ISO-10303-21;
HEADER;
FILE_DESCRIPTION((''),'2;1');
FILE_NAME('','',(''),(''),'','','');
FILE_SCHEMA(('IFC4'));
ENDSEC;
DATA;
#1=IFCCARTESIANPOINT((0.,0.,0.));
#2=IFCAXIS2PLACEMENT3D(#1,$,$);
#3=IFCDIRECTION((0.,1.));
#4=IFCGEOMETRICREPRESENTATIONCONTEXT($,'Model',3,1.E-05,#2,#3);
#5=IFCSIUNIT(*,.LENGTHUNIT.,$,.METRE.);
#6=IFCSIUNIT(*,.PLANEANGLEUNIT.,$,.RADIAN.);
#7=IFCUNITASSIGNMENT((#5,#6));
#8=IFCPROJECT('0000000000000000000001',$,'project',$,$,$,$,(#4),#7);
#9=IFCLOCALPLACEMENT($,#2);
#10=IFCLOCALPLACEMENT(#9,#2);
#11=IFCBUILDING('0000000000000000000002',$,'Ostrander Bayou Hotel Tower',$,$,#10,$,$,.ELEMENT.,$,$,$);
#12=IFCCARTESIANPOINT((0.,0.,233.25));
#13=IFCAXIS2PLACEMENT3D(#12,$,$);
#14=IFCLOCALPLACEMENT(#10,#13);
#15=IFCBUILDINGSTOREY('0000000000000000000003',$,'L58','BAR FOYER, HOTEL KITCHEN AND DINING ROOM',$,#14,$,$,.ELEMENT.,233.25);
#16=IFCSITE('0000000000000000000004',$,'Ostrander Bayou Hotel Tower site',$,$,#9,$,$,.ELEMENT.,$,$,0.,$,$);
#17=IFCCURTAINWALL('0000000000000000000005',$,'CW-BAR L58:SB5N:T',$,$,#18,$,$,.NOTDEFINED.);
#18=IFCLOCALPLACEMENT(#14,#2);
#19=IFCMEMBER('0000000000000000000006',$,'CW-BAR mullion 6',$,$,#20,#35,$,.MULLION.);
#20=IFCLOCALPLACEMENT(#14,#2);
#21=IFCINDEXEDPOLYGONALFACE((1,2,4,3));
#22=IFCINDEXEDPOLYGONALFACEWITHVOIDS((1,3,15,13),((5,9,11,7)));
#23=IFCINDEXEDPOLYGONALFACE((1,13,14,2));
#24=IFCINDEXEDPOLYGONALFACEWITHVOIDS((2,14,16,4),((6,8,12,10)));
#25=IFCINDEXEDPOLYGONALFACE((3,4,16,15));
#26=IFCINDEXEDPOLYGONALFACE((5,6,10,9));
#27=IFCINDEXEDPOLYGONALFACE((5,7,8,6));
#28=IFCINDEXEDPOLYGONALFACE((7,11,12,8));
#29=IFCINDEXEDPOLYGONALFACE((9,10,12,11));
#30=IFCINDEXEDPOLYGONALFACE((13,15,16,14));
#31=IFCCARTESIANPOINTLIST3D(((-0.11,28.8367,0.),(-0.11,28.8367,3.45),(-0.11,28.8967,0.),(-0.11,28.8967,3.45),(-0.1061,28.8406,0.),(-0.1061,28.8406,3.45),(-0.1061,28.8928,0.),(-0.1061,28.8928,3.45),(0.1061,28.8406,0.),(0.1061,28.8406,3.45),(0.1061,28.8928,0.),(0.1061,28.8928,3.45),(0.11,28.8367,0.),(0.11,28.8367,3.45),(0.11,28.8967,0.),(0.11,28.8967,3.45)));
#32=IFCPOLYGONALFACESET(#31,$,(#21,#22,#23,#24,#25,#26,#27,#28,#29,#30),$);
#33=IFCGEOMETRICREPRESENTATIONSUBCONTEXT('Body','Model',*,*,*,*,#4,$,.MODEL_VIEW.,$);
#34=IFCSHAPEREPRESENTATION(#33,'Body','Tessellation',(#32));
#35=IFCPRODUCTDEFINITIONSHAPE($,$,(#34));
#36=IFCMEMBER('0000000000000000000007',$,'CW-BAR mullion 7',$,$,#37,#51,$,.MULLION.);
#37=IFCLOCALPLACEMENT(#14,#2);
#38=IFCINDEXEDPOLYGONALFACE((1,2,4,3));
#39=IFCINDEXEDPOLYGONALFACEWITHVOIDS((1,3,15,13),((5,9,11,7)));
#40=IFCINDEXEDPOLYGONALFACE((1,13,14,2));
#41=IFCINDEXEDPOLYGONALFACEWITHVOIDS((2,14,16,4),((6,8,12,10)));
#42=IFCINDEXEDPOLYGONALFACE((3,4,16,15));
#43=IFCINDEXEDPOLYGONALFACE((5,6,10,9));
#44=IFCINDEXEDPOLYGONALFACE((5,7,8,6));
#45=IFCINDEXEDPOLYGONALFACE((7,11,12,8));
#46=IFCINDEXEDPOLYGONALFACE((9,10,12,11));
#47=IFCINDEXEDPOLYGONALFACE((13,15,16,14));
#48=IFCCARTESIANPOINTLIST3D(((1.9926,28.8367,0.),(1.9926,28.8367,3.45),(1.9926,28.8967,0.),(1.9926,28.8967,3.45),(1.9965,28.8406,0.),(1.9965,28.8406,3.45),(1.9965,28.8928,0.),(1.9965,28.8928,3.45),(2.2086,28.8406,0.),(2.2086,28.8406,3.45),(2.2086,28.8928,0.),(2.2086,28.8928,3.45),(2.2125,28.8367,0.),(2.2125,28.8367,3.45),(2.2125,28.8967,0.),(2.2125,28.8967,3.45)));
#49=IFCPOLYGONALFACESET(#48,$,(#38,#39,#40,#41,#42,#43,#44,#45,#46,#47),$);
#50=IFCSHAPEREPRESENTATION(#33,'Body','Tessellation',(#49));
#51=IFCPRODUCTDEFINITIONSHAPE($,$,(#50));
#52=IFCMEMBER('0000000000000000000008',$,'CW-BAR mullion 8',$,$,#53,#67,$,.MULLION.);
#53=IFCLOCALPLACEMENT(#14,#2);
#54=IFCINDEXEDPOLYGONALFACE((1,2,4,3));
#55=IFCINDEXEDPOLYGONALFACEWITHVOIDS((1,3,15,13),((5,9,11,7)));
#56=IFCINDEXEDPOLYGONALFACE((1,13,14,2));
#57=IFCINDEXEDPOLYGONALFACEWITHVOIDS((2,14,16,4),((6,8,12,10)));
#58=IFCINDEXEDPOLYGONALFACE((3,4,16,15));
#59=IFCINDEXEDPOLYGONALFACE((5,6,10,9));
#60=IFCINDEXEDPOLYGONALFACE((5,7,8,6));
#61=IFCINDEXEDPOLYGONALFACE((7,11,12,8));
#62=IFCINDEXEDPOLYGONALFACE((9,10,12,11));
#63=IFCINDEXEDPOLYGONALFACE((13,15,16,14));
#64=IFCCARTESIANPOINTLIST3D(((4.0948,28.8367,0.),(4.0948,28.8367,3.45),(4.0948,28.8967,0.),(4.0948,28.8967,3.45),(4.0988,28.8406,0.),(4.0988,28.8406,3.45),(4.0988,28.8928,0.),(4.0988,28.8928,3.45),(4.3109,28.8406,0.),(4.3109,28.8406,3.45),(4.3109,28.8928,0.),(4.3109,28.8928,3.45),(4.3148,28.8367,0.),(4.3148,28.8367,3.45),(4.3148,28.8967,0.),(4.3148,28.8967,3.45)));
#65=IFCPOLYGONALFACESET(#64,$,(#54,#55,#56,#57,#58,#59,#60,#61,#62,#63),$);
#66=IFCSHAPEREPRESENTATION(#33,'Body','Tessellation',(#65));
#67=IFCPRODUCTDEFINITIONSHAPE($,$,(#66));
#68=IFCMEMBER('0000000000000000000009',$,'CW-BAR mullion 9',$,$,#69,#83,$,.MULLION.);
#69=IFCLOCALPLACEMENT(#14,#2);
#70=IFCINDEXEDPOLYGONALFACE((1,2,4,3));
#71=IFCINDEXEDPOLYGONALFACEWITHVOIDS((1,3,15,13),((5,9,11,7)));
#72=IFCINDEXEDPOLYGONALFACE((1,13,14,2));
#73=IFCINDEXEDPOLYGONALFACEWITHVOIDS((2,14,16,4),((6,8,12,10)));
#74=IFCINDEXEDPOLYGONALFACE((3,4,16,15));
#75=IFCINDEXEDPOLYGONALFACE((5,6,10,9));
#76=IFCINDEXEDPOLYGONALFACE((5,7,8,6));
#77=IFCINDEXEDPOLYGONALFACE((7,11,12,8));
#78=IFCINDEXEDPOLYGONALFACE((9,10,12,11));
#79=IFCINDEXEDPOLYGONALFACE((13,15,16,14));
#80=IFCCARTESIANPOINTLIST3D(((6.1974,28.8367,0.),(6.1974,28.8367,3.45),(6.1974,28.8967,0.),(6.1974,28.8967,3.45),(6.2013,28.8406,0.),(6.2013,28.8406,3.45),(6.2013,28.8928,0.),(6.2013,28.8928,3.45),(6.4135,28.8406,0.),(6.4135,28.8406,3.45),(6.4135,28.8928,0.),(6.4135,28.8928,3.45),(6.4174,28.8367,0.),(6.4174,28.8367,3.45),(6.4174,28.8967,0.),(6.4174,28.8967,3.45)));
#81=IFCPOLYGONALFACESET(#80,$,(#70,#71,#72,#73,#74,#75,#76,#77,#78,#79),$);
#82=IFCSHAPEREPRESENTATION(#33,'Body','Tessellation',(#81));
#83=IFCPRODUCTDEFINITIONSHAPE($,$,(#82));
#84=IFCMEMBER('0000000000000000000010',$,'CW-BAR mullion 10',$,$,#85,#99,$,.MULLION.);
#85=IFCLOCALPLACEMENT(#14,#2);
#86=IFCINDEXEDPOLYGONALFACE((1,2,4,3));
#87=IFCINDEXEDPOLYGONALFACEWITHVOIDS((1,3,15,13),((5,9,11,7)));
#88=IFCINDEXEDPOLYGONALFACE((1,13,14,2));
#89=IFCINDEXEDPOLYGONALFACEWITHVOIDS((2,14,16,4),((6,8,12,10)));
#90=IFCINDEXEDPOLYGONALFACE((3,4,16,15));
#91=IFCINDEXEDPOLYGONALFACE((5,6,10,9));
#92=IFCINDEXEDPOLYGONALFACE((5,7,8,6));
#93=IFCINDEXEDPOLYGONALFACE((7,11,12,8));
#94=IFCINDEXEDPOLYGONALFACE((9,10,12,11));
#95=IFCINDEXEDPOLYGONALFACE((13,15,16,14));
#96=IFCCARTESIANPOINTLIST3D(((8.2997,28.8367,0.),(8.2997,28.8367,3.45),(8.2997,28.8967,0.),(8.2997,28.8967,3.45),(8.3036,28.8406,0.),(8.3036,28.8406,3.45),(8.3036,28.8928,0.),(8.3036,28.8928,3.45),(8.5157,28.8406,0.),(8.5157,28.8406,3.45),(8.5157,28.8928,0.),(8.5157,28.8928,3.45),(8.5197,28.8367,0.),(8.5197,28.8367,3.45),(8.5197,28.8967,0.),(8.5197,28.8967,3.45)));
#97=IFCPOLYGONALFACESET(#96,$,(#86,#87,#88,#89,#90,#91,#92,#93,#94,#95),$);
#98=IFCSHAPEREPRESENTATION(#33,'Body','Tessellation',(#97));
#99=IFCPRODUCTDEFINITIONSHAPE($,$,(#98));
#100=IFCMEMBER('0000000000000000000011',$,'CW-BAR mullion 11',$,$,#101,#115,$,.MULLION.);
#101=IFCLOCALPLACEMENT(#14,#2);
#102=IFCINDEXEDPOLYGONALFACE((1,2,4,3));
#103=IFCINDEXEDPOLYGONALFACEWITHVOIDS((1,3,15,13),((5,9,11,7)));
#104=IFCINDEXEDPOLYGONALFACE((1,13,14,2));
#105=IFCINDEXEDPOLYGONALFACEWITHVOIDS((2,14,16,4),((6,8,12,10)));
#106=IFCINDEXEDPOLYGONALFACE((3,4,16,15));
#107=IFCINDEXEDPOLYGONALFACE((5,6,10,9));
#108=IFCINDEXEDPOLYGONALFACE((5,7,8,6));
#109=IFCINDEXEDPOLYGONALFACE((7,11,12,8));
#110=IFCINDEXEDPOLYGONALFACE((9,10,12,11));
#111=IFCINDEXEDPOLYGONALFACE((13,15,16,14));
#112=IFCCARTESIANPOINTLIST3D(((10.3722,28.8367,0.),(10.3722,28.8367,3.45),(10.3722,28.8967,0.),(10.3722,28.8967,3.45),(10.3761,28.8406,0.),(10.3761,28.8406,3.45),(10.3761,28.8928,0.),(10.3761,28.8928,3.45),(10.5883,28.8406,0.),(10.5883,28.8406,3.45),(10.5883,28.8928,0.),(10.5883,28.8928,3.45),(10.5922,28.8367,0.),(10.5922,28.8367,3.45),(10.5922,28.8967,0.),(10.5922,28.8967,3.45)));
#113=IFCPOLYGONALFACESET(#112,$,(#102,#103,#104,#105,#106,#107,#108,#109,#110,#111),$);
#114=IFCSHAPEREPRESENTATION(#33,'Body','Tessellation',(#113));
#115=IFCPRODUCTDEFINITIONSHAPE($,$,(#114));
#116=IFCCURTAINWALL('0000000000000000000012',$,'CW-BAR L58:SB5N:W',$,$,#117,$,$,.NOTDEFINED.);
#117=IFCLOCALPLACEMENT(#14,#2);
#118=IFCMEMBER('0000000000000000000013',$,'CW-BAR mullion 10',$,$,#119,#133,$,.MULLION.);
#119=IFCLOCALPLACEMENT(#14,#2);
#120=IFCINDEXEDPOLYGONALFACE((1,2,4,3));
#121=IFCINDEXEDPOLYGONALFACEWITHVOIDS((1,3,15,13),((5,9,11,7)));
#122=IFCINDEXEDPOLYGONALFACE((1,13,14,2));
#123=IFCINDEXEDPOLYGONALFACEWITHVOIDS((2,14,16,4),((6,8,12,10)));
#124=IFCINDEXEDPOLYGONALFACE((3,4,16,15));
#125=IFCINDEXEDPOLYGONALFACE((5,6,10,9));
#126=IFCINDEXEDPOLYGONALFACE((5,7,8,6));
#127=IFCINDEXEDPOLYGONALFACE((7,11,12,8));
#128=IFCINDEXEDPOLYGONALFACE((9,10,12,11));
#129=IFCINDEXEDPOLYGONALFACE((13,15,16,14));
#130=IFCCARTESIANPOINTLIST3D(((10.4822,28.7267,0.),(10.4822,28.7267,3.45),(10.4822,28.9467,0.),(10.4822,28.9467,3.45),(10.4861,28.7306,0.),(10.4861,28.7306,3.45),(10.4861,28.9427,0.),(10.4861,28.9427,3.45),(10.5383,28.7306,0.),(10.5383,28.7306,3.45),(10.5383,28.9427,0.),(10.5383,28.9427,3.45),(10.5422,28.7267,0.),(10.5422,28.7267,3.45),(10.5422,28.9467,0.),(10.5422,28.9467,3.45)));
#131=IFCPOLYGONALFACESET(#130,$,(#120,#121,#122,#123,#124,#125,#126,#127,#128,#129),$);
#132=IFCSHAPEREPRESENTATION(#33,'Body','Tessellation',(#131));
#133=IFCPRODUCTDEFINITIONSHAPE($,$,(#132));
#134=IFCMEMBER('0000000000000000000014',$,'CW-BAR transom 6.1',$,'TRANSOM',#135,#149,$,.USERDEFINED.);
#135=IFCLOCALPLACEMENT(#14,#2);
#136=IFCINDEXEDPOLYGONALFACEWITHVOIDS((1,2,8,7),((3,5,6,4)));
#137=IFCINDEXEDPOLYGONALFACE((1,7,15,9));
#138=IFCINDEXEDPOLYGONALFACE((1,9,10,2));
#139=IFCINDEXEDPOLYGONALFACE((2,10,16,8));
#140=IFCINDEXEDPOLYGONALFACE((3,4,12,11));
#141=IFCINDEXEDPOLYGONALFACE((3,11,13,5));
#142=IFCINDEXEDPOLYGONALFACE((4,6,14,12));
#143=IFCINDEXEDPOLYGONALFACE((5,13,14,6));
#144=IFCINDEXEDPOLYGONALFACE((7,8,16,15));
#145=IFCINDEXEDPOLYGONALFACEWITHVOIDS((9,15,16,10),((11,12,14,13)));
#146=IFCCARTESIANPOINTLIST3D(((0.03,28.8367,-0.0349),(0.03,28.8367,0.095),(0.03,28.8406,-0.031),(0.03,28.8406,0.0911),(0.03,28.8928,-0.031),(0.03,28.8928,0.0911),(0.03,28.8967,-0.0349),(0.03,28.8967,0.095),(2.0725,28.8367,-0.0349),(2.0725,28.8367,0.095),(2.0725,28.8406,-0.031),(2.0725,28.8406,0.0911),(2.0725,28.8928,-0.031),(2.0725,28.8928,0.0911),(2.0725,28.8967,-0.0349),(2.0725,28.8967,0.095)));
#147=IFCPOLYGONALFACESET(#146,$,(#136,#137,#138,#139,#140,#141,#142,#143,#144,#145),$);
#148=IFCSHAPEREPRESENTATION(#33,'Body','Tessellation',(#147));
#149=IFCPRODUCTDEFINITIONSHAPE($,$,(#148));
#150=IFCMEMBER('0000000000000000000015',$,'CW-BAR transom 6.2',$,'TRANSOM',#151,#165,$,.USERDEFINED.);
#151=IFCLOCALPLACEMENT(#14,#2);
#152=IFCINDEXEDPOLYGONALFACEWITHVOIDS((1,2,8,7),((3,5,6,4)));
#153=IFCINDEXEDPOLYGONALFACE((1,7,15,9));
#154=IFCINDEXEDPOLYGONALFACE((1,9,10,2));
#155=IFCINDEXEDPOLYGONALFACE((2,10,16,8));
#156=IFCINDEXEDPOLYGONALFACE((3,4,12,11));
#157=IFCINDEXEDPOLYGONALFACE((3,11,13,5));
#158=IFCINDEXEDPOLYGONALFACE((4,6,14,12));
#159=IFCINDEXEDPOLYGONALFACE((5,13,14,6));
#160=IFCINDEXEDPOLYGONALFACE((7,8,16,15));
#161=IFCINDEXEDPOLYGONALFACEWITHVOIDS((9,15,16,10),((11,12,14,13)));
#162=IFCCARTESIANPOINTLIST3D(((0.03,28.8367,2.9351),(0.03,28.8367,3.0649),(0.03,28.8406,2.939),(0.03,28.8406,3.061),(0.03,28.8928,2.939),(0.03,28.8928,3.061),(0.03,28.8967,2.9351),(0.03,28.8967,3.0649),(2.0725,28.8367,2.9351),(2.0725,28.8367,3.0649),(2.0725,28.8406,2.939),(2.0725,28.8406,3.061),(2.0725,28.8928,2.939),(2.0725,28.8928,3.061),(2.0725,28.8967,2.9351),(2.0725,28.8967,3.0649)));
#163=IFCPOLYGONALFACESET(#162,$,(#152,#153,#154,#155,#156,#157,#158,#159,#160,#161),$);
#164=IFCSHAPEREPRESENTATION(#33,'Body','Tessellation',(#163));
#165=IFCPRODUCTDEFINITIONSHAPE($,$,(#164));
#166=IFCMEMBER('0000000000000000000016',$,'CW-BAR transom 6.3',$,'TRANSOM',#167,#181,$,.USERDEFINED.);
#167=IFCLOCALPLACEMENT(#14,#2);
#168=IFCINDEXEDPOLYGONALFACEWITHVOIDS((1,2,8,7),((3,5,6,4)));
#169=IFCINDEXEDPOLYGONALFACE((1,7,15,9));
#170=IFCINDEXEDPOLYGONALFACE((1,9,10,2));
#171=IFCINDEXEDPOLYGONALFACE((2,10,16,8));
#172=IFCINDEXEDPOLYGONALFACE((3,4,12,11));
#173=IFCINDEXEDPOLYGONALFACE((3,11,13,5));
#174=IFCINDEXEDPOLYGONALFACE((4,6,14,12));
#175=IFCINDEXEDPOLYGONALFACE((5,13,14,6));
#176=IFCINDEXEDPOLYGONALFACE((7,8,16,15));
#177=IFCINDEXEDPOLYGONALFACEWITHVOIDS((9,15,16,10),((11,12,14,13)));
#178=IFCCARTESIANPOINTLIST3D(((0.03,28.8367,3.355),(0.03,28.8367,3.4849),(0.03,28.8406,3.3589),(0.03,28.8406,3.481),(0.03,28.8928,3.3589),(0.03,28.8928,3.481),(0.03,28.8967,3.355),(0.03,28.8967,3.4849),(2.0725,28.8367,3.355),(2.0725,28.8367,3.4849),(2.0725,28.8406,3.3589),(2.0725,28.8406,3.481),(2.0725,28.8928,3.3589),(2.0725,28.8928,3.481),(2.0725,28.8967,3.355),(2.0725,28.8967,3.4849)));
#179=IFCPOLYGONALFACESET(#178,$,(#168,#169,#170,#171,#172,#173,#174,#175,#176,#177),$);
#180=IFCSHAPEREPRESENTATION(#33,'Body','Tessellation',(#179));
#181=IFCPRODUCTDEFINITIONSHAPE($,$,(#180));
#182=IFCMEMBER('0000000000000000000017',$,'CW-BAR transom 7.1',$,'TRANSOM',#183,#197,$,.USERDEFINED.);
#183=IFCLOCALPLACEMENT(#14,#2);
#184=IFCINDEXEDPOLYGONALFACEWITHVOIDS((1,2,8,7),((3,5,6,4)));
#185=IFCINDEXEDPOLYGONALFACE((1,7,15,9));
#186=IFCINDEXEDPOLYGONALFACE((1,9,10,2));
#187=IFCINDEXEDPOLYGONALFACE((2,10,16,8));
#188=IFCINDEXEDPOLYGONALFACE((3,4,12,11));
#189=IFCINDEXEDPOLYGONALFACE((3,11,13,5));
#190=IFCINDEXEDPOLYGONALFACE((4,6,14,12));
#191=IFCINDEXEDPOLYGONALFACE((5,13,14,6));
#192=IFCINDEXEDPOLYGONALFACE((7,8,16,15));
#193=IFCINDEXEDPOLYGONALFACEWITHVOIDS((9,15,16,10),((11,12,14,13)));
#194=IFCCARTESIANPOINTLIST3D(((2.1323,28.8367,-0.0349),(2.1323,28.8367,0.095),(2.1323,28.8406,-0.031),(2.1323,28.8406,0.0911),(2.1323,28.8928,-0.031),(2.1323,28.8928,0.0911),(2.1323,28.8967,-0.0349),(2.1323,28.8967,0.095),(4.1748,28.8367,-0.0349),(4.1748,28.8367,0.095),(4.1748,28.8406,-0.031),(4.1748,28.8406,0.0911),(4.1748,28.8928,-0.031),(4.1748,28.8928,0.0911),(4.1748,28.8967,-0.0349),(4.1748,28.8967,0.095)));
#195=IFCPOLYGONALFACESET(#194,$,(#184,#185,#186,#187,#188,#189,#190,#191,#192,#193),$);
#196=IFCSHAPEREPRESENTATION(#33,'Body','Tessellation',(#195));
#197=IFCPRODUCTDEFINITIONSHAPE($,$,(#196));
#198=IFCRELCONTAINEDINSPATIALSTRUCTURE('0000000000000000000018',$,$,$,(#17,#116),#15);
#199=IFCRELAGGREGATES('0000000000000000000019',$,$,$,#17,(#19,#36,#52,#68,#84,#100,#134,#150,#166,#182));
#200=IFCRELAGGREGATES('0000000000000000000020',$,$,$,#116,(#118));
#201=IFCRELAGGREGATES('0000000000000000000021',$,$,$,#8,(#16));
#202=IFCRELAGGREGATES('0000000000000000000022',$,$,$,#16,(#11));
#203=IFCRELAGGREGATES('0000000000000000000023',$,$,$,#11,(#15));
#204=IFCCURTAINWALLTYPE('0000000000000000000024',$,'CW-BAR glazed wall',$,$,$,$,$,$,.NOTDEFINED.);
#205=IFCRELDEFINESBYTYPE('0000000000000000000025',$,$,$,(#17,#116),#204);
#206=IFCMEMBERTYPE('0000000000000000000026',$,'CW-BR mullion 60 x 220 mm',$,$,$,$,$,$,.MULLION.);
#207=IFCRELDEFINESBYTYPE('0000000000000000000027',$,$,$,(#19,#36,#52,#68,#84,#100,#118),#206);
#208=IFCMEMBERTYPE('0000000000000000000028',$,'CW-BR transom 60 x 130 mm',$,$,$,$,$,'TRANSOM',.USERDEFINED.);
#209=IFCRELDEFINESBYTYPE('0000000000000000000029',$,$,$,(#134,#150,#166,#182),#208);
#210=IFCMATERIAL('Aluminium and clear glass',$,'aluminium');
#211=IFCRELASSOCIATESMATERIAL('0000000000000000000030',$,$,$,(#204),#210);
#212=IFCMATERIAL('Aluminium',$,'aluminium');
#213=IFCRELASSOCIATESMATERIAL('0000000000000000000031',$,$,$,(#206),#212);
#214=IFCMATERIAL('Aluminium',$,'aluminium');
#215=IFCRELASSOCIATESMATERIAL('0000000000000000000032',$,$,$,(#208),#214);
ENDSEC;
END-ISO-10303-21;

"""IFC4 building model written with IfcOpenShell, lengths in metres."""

from ifc_helpers import new_model, si_unit, direction, frame, origin, origin_2d, place, context, subcontext, project, spatial, hollow_rectangle, extrude, material, material_profile, profile_set, type_object, element, aggregate, save


model = new_model("IFC4")

# Units and contexts
model_context = context("Model", 3, precision=1e-05, world=origin(), true_north=direction((0.0, 1.0)))
body_context = subcontext(model_context, "Body", "Model", "MODEL_VIEW")
ifc_project = project(units=[si_unit("LENGTHUNIT", "METRE"), si_unit("PLANEANGLEUNIT", "RADIAN")], contexts=[model_context])

# Site, building, storey
site_placement = place(None, origin())
site = spatial("IfcSite", under=ifc_project, at=site_placement, Name="Ostrander Bayou Hotel Tower site", CompositionType="ELEMENT", RefElevation=0.0)
building_placement = place(site_placement, origin())
building = spatial("IfcBuilding", under=site, at=building_placement, Name="Ostrander Bayou Hotel Tower", CompositionType="ELEMENT")
storey_placement = place(building_placement, frame((0.0, 0.0, 233.25)))
storey = spatial("IfcBuildingStorey", under=building, at=storey_placement, Name="L58", Description="BAR FOYER, HOTEL KITCHEN AND DINING ROOM", CompositionType="ELEMENT", Elevation=233.25)

# Curtain wall, members
ifc_material_1 = material(Name="Aluminium and clear glass", Category="aluminium")
curtain_wall_type = type_object("IfcCurtainWallType", Name="CW-BAR glazed wall", PredefinedType="NOTDEFINED", material=ifc_material_1)
curtain_wall_1_placement = place(storey_placement, origin())
curtain_wall_1 = element("IfcCurtainWall", 1, at=curtain_wall_1_placement, inside=storey, type_object=curtain_wall_type, Name="CW-BAR L58:SB5N:T", PredefinedType="NOTDEFINED")
ifc_material_2 = material(Name="Aluminium", Category="aluminium")
ifc_material_profile_1 = material_profile(ifc_material_2, hollow_rectangle(XDim=0.0601, YDim=0.22, WallThickness=0.0039, at=origin_2d()))
ifc_profile_set_1 = profile_set([ifc_material_profile_1], Name="Aluminium")
member_type_1 = type_object("IfcMemberType", Name="CW-BR mullion 60 x 220 mm", PredefinedType="MULLION", material=ifc_profile_set_1)
member_1_placement = place(storey_placement, frame((0.0, 28.8667, 0.0), z_axis=(0.0, 0.0, 1.0), x_axis=(0.0, 1.0, 0.0)))
member_1 = element("IfcMember", 2, at=member_1_placement, type_object=member_type_1, Name="CW-BAR mullion 6", PredefinedType="MULLION", context=body_context, shape_type="SweptSolid", body=[
    extrude(hollow_rectangle(XDim=0.0601, YDim=0.22, WallThickness=0.0039, at=origin_2d()), origin(), (0.0, 0.0, 1.0), 3.45),
])
member_2_placement = place(storey_placement, frame((2.1025, 28.8667, 0.0), z_axis=(0.0, 0.0, 1.0), x_axis=(0.0, 1.0, 0.0)))
member_2 = element("IfcMember", 3, at=member_2_placement, type_object=member_type_1, Name="CW-BAR mullion 7", PredefinedType="MULLION", context=body_context, shape_type="SweptSolid", body=[
    extrude(hollow_rectangle(XDim=0.0601, YDim=0.22, WallThickness=0.0039, at=origin_2d()), origin(), (0.0, 0.0, 1.0), 3.45),
])
member_3_placement = place(storey_placement, frame((4.2048, 28.8667, 0.0), z_axis=(0.0, 0.0, 1.0), x_axis=(0.0, 1.0, 0.0)))
member_3 = element("IfcMember", 4, at=member_3_placement, type_object=member_type_1, Name="CW-BAR mullion 8", PredefinedType="MULLION", context=body_context, shape_type="SweptSolid", body=[
    extrude(hollow_rectangle(XDim=0.0601, YDim=0.22, WallThickness=0.0039, at=origin_2d()), origin(), (0.0, 0.0, 1.0), 3.45),
])
member_4_placement = place(storey_placement, frame((6.3074, 28.8667, 0.0), z_axis=(0.0, 0.0, 1.0), x_axis=(0.0, 1.0, 0.0)))
member_4 = element("IfcMember", 5, at=member_4_placement, type_object=member_type_1, Name="CW-BAR mullion 9", PredefinedType="MULLION", context=body_context, shape_type="SweptSolid", body=[
    extrude(hollow_rectangle(XDim=0.0601, YDim=0.22, WallThickness=0.0039, at=origin_2d()), origin(), (0.0, 0.0, 1.0), 3.45),
])
member_5_placement = place(storey_placement, frame((8.4097, 28.8667, 0.0), z_axis=(0.0, 0.0, 1.0), x_axis=(0.0, 1.0, 0.0)))
member_5 = element("IfcMember", 6, at=member_5_placement, type_object=member_type_1, Name="CW-BAR mullion 10", PredefinedType="MULLION", context=body_context, shape_type="SweptSolid", body=[
    extrude(hollow_rectangle(XDim=0.0601, YDim=0.22, WallThickness=0.0039, at=origin_2d()), origin(), (0.0, 0.0, 1.0), 3.45),
])
member_6_placement = place(storey_placement, frame((10.4822, 28.8667, 0.0), z_axis=(0.0, 0.0, 1.0), x_axis=(0.0, 1.0, 0.0)))
member_6 = element("IfcMember", 7, at=member_6_placement, type_object=member_type_1, Name="CW-BAR mullion 11", PredefinedType="MULLION", context=body_context, shape_type="SweptSolid", body=[
    extrude(hollow_rectangle(XDim=0.0601, YDim=0.22, WallThickness=0.0039, at=origin_2d()), origin(), (0.0, 0.0, 1.0), 3.45),
])

# Curtain wall, member
curtain_wall_2_placement = place(storey_placement, origin())
curtain_wall_2 = element("IfcCurtainWall", 8, at=curtain_wall_2_placement, inside=storey, type_object=curtain_wall_type, Name="CW-BAR L58:SB5N:W", PredefinedType="NOTDEFINED")
member_7_placement = place(storey_placement, frame((10.5122, 28.8367, 0.0), z_axis=(0.0, 0.0, 1.0), x_axis=(-1.0, 0.0, 0.0)))
member_7 = element("IfcMember", 9, at=member_7_placement, type_object=member_type_1, Name="CW-BAR mullion 10", PredefinedType="MULLION", context=body_context, shape_type="SweptSolid", body=[
    extrude(hollow_rectangle(XDim=0.0601, YDim=0.22, WallThickness=0.0039, at=origin_2d()), origin(), (0.0, 0.0, 1.0), 3.45),
])

# Members
ifc_material_3 = material(Name="Aluminium", Category="aluminium")
ifc_material_profile_2 = material_profile(ifc_material_3, hollow_rectangle(XDim=0.0601, YDim=0.1299, WallThickness=0.0039, at=origin_2d()))
ifc_profile_set_2 = profile_set([ifc_material_profile_2], Name="Aluminium")
member_type_2 = type_object("IfcMemberType", Name="CW-BR transom 60 x 130 mm", ElementType="TRANSOM", PredefinedType="USERDEFINED", material=ifc_profile_set_2)
member_8_placement = place(storey_placement, frame((0.03, 28.8667, 0.03), z_axis=(1.0, 0.0, 0.0), x_axis=(0.0, 1.0, 0.0)))
member_8 = element("IfcMember", 10, at=member_8_placement, type_object=member_type_2, Name="CW-BAR transom 6.1", ObjectType="TRANSOM", PredefinedType="USERDEFINED", context=body_context, shape_type="SweptSolid", body=[
    extrude(hollow_rectangle(XDim=0.0601, YDim=0.1299, WallThickness=0.0039, at=origin_2d()), origin(), (0.0, 0.0, 1.0), 2.0425),
])
member_9_placement = place(storey_placement, frame((0.03, 28.8667, 3.0), z_axis=(1.0, 0.0, 0.0), x_axis=(0.0, 1.0, 0.0)))
member_9 = element("IfcMember", 11, at=member_9_placement, type_object=member_type_2, Name="CW-BAR transom 6.2", ObjectType="TRANSOM", PredefinedType="USERDEFINED", context=body_context, shape_type="SweptSolid", body=[
    extrude(hollow_rectangle(XDim=0.0601, YDim=0.1299, WallThickness=0.0039, at=origin_2d()), origin(), (0.0, 0.0, 1.0), 2.0425),
])
member_10_placement = place(storey_placement, frame((0.03, 28.8667, 3.4199), z_axis=(1.0, 0.0, 0.0), x_axis=(0.0, 1.0, 0.0)))
member_10 = element("IfcMember", 12, at=member_10_placement, type_object=member_type_2, Name="CW-BAR transom 6.3", ObjectType="TRANSOM", PredefinedType="USERDEFINED", context=body_context, shape_type="SweptSolid", body=[
    extrude(hollow_rectangle(XDim=0.0601, YDim=0.1299, WallThickness=0.0039, at=origin_2d()), origin(), (0.0, 0.0, 1.0), 2.0425),
])
member_11_placement = place(storey_placement, frame((2.1323, 28.8667, 0.03), z_axis=(1.0, 0.0, 0.0), x_axis=(0.0, 1.0, 0.0)))
member_11 = element("IfcMember", 13, at=member_11_placement, type_object=member_type_2, Name="CW-BAR transom 7.1", ObjectType="TRANSOM", PredefinedType="USERDEFINED", context=body_context, shape_type="SweptSolid", body=[
    extrude(hollow_rectangle(XDim=0.0601, YDim=0.1299, WallThickness=0.0039, at=origin_2d()), origin(), (0.0, 0.0, 1.0), 2.0425),
])

aggregate(curtain_wall_1, [member_1, member_2, member_3, member_4, member_5, member_6, member_8, member_9, member_10, member_11])
aggregate(curtain_wall_2, [member_7])

save(model, "model.ifc")
